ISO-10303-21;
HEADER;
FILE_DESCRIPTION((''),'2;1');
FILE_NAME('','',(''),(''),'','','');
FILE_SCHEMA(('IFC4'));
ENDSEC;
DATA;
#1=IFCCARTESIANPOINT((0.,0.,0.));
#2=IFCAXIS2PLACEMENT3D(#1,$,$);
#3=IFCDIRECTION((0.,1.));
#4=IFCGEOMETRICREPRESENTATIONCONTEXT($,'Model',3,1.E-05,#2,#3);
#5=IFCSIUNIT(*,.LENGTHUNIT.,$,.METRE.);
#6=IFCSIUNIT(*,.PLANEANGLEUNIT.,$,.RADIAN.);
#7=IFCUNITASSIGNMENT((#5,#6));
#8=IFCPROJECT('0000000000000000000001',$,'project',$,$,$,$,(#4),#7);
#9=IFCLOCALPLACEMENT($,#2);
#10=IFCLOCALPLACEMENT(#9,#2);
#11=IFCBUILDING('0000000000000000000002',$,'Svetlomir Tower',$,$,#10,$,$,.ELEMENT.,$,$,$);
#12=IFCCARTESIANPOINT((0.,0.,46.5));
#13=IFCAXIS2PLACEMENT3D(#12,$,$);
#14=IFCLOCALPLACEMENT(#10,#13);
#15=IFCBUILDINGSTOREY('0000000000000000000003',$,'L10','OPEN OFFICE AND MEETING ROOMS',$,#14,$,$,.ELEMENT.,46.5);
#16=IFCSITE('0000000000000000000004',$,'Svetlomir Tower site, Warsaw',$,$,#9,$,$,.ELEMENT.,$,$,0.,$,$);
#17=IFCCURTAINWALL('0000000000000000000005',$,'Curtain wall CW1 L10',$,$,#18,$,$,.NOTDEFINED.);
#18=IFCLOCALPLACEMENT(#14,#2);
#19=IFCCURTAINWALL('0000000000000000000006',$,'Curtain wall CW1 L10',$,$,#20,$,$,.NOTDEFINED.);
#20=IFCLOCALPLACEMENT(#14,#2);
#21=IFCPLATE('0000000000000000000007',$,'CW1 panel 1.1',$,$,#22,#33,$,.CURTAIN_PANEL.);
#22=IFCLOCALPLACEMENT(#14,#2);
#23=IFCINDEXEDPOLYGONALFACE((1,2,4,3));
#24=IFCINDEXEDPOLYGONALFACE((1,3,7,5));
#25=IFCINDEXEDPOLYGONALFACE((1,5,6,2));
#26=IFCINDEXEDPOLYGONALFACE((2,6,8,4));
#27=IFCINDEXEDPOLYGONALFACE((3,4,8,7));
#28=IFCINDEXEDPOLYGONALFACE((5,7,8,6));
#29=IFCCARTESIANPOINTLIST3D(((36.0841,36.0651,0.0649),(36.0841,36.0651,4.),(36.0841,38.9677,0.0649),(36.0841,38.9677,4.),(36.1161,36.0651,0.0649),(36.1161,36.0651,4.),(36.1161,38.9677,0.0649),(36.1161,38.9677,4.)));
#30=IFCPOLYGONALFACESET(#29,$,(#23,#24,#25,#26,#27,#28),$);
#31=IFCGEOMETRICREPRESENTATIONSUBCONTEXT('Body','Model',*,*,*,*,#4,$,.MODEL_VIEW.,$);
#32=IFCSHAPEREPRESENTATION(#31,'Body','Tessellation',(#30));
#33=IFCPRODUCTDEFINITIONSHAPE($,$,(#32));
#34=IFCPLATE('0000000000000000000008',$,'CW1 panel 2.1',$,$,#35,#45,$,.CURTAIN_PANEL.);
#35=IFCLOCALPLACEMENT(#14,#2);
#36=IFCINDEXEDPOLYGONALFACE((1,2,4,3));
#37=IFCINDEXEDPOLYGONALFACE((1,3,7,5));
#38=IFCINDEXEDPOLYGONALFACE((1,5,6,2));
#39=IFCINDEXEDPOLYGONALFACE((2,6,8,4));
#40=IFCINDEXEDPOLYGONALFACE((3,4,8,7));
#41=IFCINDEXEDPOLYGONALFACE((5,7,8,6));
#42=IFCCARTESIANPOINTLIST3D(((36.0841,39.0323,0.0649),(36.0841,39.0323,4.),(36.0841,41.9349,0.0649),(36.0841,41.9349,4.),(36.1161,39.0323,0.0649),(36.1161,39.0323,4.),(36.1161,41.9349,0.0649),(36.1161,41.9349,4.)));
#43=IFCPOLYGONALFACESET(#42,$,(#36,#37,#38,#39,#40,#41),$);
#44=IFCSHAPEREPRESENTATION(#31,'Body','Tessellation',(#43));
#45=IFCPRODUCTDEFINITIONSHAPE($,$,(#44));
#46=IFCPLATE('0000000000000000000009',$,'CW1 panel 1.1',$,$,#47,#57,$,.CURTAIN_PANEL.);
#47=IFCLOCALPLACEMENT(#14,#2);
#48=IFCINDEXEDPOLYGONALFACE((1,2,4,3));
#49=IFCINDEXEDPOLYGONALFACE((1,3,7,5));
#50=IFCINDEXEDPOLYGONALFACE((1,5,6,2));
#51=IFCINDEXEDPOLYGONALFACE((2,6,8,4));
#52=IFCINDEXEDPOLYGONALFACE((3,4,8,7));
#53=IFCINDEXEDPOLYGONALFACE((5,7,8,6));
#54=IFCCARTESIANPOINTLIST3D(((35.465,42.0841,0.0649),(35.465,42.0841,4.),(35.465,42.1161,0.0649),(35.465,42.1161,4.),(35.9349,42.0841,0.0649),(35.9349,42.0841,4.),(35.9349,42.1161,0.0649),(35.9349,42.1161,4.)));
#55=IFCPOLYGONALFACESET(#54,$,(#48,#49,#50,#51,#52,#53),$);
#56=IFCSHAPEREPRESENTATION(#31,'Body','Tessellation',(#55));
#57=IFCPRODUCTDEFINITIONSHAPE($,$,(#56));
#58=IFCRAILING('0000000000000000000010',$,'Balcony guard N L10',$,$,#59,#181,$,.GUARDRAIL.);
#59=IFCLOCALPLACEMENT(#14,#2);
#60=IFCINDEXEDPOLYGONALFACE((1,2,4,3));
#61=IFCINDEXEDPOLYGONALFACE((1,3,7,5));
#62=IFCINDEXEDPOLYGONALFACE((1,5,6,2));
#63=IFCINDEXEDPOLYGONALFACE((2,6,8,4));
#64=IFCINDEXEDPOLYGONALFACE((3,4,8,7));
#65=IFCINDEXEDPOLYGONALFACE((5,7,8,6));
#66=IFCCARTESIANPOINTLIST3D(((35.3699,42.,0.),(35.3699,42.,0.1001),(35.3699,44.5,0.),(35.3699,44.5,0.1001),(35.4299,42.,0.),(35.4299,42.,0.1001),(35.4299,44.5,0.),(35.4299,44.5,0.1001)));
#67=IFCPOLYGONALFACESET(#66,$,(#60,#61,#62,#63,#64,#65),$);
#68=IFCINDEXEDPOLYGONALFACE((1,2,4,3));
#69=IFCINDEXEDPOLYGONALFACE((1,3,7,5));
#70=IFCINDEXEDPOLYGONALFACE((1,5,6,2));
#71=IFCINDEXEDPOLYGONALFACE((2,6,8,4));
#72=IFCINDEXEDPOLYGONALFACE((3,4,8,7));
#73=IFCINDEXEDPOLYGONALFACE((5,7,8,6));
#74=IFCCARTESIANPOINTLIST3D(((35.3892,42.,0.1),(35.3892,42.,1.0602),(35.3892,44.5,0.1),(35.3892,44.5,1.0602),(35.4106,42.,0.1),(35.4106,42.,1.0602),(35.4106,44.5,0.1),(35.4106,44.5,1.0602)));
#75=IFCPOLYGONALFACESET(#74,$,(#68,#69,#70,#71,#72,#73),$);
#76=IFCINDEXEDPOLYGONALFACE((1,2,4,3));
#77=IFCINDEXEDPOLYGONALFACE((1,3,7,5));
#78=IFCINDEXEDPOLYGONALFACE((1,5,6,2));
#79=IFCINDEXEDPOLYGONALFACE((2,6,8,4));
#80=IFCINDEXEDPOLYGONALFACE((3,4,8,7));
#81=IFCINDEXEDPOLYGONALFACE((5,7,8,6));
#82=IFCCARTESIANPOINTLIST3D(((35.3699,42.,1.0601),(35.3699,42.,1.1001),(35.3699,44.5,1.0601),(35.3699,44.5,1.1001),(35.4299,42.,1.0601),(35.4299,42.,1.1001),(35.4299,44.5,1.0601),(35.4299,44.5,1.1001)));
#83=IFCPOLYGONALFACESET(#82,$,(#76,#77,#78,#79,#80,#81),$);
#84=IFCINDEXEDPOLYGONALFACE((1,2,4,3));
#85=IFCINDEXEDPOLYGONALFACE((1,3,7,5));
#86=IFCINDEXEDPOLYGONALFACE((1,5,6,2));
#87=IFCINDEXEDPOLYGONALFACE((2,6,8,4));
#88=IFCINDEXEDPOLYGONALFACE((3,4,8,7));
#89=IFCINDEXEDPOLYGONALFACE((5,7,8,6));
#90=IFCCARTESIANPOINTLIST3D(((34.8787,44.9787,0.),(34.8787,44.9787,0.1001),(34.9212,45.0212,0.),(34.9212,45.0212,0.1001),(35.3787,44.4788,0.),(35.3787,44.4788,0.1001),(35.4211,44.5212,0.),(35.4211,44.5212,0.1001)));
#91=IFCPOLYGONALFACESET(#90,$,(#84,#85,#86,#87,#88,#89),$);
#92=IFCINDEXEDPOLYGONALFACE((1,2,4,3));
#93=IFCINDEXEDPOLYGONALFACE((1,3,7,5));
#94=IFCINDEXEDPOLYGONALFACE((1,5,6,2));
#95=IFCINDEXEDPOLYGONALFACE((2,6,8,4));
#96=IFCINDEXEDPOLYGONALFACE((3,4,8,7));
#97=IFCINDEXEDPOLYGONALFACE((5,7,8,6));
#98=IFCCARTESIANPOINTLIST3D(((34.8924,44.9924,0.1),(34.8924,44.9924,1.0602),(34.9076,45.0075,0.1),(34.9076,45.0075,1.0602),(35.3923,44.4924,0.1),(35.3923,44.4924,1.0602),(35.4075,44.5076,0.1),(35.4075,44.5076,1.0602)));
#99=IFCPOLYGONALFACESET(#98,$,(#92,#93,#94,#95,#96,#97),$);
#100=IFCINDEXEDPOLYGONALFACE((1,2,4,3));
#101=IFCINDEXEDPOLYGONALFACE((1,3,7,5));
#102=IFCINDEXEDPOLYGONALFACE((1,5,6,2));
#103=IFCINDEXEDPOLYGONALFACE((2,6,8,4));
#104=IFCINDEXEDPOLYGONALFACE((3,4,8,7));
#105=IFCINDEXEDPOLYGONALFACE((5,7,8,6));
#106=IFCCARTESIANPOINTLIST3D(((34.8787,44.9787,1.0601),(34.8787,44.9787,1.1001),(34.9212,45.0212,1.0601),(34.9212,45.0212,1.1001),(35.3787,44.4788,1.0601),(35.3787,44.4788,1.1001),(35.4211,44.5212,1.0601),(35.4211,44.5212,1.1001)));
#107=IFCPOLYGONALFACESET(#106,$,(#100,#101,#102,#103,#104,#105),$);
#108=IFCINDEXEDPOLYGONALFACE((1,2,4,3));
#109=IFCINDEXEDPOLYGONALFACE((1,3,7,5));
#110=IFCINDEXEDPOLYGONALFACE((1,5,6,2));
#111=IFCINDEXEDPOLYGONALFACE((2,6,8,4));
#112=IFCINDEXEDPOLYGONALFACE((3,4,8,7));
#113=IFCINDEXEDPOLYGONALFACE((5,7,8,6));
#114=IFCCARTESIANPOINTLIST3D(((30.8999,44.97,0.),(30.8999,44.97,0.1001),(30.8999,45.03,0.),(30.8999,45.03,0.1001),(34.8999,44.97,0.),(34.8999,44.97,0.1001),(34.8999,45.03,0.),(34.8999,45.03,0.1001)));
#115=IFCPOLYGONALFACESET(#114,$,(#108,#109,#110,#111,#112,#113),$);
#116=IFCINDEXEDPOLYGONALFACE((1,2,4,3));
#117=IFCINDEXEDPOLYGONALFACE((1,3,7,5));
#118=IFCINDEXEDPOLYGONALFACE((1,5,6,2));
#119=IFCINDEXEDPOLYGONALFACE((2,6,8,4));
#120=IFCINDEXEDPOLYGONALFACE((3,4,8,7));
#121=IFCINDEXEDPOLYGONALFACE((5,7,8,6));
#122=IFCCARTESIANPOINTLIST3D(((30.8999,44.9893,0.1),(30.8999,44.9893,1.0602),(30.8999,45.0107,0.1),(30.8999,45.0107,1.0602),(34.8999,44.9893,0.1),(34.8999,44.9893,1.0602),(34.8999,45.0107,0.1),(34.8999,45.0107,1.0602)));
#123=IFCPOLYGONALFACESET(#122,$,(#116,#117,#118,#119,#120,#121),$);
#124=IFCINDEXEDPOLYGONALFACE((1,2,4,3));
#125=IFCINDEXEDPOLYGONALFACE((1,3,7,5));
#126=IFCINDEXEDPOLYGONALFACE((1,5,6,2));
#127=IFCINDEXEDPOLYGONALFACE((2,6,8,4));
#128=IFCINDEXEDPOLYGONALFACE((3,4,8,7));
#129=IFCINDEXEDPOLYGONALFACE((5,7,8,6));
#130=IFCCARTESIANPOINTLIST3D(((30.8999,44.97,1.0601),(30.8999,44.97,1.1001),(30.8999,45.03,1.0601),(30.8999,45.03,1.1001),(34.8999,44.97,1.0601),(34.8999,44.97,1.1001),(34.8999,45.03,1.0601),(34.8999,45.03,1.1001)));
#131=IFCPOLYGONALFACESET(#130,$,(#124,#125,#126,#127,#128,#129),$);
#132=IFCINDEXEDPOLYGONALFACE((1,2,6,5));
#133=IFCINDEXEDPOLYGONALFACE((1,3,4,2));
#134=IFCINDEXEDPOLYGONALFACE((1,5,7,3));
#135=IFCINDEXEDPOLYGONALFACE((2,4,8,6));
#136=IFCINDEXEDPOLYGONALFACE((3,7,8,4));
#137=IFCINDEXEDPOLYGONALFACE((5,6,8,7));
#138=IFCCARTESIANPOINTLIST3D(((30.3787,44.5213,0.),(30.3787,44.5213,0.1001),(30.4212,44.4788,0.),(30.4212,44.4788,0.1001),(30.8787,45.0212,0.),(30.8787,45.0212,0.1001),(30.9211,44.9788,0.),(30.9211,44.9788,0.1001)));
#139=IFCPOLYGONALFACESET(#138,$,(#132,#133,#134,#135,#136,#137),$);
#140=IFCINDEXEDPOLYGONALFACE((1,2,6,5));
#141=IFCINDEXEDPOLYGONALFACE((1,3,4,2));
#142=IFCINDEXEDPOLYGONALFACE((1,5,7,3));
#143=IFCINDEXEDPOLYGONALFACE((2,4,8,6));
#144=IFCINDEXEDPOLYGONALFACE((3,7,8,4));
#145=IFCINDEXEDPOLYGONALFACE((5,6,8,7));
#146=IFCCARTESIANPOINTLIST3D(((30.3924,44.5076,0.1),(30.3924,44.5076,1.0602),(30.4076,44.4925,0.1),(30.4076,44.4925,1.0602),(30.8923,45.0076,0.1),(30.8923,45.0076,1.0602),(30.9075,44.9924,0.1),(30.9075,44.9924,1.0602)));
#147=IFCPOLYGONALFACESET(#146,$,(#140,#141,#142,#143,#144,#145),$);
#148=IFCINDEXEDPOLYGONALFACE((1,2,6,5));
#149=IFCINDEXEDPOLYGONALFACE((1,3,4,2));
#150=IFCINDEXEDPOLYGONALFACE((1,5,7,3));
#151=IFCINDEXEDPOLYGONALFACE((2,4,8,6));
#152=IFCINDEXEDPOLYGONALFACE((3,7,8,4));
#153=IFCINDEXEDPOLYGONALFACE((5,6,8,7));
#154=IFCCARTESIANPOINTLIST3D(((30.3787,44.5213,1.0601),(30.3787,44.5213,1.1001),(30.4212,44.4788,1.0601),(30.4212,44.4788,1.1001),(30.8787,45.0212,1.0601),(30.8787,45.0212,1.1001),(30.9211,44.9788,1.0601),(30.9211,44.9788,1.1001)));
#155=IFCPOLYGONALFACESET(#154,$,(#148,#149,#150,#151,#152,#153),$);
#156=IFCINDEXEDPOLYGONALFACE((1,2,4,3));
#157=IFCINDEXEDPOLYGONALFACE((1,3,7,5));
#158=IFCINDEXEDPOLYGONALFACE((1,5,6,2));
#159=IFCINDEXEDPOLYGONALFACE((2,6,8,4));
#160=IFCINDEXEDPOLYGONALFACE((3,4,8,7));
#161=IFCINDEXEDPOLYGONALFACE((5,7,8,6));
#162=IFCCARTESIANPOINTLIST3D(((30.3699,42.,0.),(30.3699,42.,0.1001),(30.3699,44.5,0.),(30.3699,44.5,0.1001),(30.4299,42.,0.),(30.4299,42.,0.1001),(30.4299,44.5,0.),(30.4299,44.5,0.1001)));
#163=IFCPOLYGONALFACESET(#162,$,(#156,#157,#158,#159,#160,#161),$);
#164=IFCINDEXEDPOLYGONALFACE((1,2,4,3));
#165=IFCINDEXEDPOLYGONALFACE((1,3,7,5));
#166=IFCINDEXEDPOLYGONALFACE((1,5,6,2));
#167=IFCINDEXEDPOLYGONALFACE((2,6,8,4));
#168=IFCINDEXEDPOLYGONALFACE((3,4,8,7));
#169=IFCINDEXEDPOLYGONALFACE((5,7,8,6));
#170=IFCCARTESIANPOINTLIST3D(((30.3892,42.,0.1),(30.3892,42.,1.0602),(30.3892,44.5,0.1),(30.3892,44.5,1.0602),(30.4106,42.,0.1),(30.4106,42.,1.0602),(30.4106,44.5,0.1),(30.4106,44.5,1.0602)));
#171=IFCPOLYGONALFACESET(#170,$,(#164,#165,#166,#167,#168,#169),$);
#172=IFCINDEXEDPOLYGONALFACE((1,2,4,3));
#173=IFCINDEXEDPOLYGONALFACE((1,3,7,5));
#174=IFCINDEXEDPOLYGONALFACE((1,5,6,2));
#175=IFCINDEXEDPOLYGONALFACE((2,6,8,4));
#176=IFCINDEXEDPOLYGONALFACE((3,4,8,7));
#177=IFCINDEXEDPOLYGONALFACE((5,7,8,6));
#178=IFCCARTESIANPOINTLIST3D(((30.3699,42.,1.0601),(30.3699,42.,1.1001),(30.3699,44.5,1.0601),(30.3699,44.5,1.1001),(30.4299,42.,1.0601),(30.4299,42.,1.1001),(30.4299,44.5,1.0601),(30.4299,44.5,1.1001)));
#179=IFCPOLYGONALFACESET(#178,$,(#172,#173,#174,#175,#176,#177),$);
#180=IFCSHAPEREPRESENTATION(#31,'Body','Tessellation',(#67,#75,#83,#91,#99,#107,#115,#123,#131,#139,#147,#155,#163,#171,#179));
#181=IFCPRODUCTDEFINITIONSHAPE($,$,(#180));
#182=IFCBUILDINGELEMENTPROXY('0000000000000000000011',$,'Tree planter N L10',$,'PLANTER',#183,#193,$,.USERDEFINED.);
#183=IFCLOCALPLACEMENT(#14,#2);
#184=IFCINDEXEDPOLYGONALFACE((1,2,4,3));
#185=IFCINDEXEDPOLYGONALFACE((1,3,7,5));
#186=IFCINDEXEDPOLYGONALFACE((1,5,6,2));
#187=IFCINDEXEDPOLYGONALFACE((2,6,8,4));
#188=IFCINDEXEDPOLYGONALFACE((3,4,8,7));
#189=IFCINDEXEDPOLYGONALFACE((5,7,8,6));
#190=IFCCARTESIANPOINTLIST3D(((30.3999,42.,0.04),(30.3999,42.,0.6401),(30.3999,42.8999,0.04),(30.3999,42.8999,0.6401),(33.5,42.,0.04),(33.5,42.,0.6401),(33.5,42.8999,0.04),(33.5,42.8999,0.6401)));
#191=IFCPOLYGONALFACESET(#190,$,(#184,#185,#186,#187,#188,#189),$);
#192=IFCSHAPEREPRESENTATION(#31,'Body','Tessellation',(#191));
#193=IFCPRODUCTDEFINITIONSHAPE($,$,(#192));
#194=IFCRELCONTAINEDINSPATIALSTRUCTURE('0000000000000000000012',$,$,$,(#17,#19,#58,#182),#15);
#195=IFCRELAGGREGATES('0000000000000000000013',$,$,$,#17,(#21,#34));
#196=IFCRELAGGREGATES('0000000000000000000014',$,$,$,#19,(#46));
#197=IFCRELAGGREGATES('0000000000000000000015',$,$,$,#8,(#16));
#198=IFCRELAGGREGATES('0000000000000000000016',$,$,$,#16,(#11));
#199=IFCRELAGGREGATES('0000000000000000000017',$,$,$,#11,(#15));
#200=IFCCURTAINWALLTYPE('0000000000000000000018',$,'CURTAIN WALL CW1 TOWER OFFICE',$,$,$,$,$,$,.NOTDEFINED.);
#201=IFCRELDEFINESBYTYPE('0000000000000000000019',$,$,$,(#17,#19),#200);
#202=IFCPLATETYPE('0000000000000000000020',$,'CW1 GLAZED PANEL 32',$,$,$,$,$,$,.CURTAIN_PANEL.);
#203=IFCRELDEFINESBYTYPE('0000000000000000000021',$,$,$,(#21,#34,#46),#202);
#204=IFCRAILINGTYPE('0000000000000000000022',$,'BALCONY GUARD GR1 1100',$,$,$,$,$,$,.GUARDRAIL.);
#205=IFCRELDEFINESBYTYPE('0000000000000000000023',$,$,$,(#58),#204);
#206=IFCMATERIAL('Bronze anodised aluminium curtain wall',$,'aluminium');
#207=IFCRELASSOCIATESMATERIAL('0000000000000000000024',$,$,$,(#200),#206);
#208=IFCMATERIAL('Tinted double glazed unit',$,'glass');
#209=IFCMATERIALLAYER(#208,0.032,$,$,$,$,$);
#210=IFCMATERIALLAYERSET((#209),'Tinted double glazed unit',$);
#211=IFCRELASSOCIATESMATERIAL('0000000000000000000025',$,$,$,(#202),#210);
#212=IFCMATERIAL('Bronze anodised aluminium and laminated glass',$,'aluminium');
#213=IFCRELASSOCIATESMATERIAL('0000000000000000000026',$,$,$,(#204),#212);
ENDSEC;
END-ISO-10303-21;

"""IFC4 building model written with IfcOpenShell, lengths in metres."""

from ifc_helpers import new_model, si_unit, direction, frame, origin, origin_2d, place, context, subcontext, project, spatial, rectangle, extrude, material, layer, layer_set, type_object, element, aggregate, save


model = new_model("IFC4")

# Units and contexts
model_context = context("Model", 3, precision=1e-05, world=origin(), true_north=direction((0.0, 1.0)))
body_context = subcontext(model_context, "Body", "Model", "MODEL_VIEW")
ifc_project = project(units=[si_unit("LENGTHUNIT", "METRE"), si_unit("PLANEANGLEUNIT", "RADIAN")], contexts=[model_context])

# Site, building, storey
site_placement = place(None, origin())
site = spatial("IfcSite", under=ifc_project, at=site_placement, Name="Svetlomir Tower site, Warsaw", CompositionType="ELEMENT", RefElevation=0.0)
building_placement = place(site_placement, origin())
building = spatial("IfcBuilding", under=site, at=building_placement, Name="Svetlomir Tower", CompositionType="ELEMENT")
storey_placement = place(building_placement, frame((0.0, 0.0, 46.5)))
storey = spatial("IfcBuildingStorey", under=building, at=storey_placement, Name="L10", Description="OPEN OFFICE AND MEETING ROOMS", CompositionType="ELEMENT", Elevation=46.5)

# Shared definitions
ifc_material_1 = material(Name="Bronze anodised aluminium curtain wall", Category="aluminium")
curtain_wall_type = type_object("IfcCurtainWallType", Name="CURTAIN WALL CW1 TOWER OFFICE", PredefinedType="NOTDEFINED", material=ifc_material_1)

# Curtain walls
curtain_wall_1_placement = place(storey_placement, origin())
curtain_wall_1 = element("IfcCurtainWall", 1, at=curtain_wall_1_placement, inside=storey, type_object=curtain_wall_type, Name="Curtain wall CW1 L10", PredefinedType="NOTDEFINED")
curtain_wall_2_placement = place(storey_placement, origin())
curtain_wall_2 = element("IfcCurtainWall", 2, at=curtain_wall_2_placement, inside=storey, type_object=curtain_wall_type, Name="Curtain wall CW1 L10", PredefinedType="NOTDEFINED")

# Plates
ifc_material_2 = material(Name="Tinted double glazed unit", Category="glass")
ifc_layer_1 = layer(ifc_material_2, 0.032)
ifc_layer_set_1 = layer_set([ifc_layer_1], Name="Tinted double glazed unit")
plate_type = type_object("IfcPlateType", Name="CW1 GLAZED PANEL 32", PredefinedType="CURTAIN_PANEL", material=ifc_layer_set_1)
plate_1_placement = place(storey_placement, frame((36.1001, 37.5164, 0.0649), z_axis=(0.0, 0.0, 1.0), x_axis=(0.0, 1.0, 0.0)))
plate_1 = element("IfcPlate", 3, at=plate_1_placement, type_object=plate_type, Name="CW1 panel 1.1", PredefinedType="CURTAIN_PANEL", context=body_context, shape_type="SweptSolid", body=[
    extrude(rectangle(XDim=2.9026, YDim=0.032, at=origin_2d()), origin(), (0.0, 0.0, 1.0), 3.9351),
])
plate_2_placement = place(storey_placement, frame((36.1001, 40.4836, 0.0649), z_axis=(0.0, 0.0, 1.0), x_axis=(0.0, 1.0, 0.0)))
plate_2 = element("IfcPlate", 4, at=plate_2_placement, type_object=plate_type, Name="CW1 panel 2.1", PredefinedType="CURTAIN_PANEL", context=body_context, shape_type="SweptSolid", body=[
    extrude(rectangle(XDim=2.9026, YDim=0.032, at=origin_2d()), origin(), (0.0, 0.0, 1.0), 3.9351),
])
aggregate(curtain_wall_1, [plate_1, plate_2])
plate_3_placement = place(storey_placement, frame((35.7, 42.1001, 0.0649), z_axis=(0.0, 0.0, 1.0), x_axis=(-1.0, 0.0, 0.0)))
plate_3 = element("IfcPlate", 5, at=plate_3_placement, type_object=plate_type, Name="CW1 panel 1.1", PredefinedType="CURTAIN_PANEL", context=body_context, shape_type="SweptSolid", body=[
    extrude(rectangle(XDim=0.47, YDim=0.032, at=origin_2d()), origin(), (0.0, 0.0, 1.0), 3.9351),
])
aggregate(curtain_wall_2, [plate_3])

# Railing
ifc_material_3 = material(Name="Bronze anodised aluminium and laminated glass", Category="aluminium")
railing_type = type_object("IfcRailingType", Name="BALCONY GUARD GR1 1100", PredefinedType="GUARDRAIL", material=ifc_material_3)
railing_placement = place(storey_placement, frame((35.3999, 42.0, 0.0)))
element("IfcRailing", 6, at=railing_placement, inside=storey, type_object=railing_type, Name="Balcony guard N L10", PredefinedType="GUARDRAIL", context=body_context, shape_type="SweptSolid", body=[
    extrude(rectangle(XDim=0.0601, YDim=0.1001, at=origin_2d()), frame((0.0, 0.0, 0.05), z_axis=(0.0, 1.0, 0.0), x_axis=(-1.0, 0.0, 0.0)), (0.0, 0.0, 1.0), 2.5),
    extrude(rectangle(XDim=0.0215, YDim=0.9602, at=origin_2d()), frame((0.0, 0.0, 0.5801), z_axis=(0.0, 1.0, 0.0), x_axis=(-1.0, 0.0, 0.0)), (0.0, 0.0, 1.0), 2.5),
    extrude(rectangle(XDim=0.0601, YDim=0.04, at=origin_2d()), frame((0.0, 0.0, 1.0801), z_axis=(0.0, 1.0, 0.0), x_axis=(-1.0, 0.0, 0.0)), (0.0, 0.0, 1.0), 2.5),
    extrude(rectangle(XDim=0.0601, YDim=0.1001, at=origin_2d()), frame((0.0, 2.5, 0.05), z_axis=(-0.707107, 0.707107, 0.0), x_axis=(-0.707107, -0.707107, 0.0)), (0.0, 0.0, 1.0), 0.707),
    extrude(rectangle(XDim=0.0215, YDim=0.9602, at=origin_2d()), frame((0.0, 2.5, 0.5801), z_axis=(-0.707107, 0.707107, 0.0), x_axis=(-0.707107, -0.707107, 0.0)), (0.0, 0.0, 1.0), 0.707),
    extrude(rectangle(XDim=0.0601, YDim=0.04, at=origin_2d()), frame((0.0, 2.5, 1.0801), z_axis=(-0.707107, 0.707107, 0.0), x_axis=(-0.707107, -0.707107, 0.0)), (0.0, 0.0, 1.0), 0.707),
    extrude(rectangle(XDim=0.0601, YDim=0.1001, at=origin_2d()), frame((-0.5, 3.0, 0.05), z_axis=(-1.0, 0.0, 0.0), x_axis=(0.0, -1.0, 0.0)), (0.0, 0.0, 1.0), 4.0),
    extrude(rectangle(XDim=0.0215, YDim=0.9602, at=origin_2d()), frame((-0.5, 3.0, 0.5801), z_axis=(-1.0, 0.0, 0.0), x_axis=(0.0, -1.0, 0.0)), (0.0, 0.0, 1.0), 4.0),
    extrude(rectangle(XDim=0.0601, YDim=0.04, at=origin_2d()), frame((-0.5, 3.0, 1.0801), z_axis=(-1.0, 0.0, 0.0), x_axis=(0.0, -1.0, 0.0)), (0.0, 0.0, 1.0), 4.0),
    extrude(rectangle(XDim=0.0601, YDim=0.1001, at=origin_2d()), frame((-4.5, 3.0, 0.05), z_axis=(-0.707107, -0.707107, 0.0), x_axis=(0.707107, -0.707107, 0.0)), (0.0, 0.0, 1.0), 0.707),
    extrude(rectangle(XDim=0.0215, YDim=0.9602, at=origin_2d()), frame((-4.5, 3.0, 0.5801), z_axis=(-0.707107, -0.707107, 0.0), x_axis=(0.707107, -0.707107, 0.0)), (0.0, 0.0, 1.0), 0.707),
    extrude(rectangle(XDim=0.0601, YDim=0.04, at=origin_2d()), frame((-4.5, 3.0, 1.0801), z_axis=(-0.707107, -0.707107, 0.0), x_axis=(0.707107, -0.707107, 0.0)), (0.0, 0.0, 1.0), 0.707),
    extrude(rectangle(XDim=0.0601, YDim=0.1001, at=origin_2d()), frame((-5.0, 2.5, 0.05), z_axis=(0.0, -1.0, 0.0), x_axis=(1.0, 0.0, 0.0)), (0.0, 0.0, 1.0), 2.5),
    extrude(rectangle(XDim=0.0215, YDim=0.9602, at=origin_2d()), frame((-5.0, 2.5, 0.5801), z_axis=(0.0, -1.0, 0.0), x_axis=(1.0, 0.0, 0.0)), (0.0, 0.0, 1.0), 2.5),
    extrude(rectangle(XDim=0.0601, YDim=0.04, at=origin_2d()), frame((-5.0, 2.5, 1.0801), z_axis=(0.0, -1.0, 0.0), x_axis=(1.0, 0.0, 0.0)), (0.0, 0.0, 1.0), 2.5),
])

# Building element proxy
proxy_placement = place(storey_placement, frame((31.95, 42.45, 0.04), z_axis=(0.0, 0.0, 1.0), x_axis=(1.0, 0.0, 0.0)))
element("IfcBuildingElementProxy", 7, at=proxy_placement, inside=storey, Name="Tree planter N L10", ObjectType="PLANTER", PredefinedType="USERDEFINED", context=body_context, shape_type="SweptSolid", body=[
    extrude(rectangle(XDim=3.1001, YDim=0.8999, at=origin_2d()), origin(), (0.0, 0.0, 1.0), 0.6001),
])

save(model, "model.ifc")
